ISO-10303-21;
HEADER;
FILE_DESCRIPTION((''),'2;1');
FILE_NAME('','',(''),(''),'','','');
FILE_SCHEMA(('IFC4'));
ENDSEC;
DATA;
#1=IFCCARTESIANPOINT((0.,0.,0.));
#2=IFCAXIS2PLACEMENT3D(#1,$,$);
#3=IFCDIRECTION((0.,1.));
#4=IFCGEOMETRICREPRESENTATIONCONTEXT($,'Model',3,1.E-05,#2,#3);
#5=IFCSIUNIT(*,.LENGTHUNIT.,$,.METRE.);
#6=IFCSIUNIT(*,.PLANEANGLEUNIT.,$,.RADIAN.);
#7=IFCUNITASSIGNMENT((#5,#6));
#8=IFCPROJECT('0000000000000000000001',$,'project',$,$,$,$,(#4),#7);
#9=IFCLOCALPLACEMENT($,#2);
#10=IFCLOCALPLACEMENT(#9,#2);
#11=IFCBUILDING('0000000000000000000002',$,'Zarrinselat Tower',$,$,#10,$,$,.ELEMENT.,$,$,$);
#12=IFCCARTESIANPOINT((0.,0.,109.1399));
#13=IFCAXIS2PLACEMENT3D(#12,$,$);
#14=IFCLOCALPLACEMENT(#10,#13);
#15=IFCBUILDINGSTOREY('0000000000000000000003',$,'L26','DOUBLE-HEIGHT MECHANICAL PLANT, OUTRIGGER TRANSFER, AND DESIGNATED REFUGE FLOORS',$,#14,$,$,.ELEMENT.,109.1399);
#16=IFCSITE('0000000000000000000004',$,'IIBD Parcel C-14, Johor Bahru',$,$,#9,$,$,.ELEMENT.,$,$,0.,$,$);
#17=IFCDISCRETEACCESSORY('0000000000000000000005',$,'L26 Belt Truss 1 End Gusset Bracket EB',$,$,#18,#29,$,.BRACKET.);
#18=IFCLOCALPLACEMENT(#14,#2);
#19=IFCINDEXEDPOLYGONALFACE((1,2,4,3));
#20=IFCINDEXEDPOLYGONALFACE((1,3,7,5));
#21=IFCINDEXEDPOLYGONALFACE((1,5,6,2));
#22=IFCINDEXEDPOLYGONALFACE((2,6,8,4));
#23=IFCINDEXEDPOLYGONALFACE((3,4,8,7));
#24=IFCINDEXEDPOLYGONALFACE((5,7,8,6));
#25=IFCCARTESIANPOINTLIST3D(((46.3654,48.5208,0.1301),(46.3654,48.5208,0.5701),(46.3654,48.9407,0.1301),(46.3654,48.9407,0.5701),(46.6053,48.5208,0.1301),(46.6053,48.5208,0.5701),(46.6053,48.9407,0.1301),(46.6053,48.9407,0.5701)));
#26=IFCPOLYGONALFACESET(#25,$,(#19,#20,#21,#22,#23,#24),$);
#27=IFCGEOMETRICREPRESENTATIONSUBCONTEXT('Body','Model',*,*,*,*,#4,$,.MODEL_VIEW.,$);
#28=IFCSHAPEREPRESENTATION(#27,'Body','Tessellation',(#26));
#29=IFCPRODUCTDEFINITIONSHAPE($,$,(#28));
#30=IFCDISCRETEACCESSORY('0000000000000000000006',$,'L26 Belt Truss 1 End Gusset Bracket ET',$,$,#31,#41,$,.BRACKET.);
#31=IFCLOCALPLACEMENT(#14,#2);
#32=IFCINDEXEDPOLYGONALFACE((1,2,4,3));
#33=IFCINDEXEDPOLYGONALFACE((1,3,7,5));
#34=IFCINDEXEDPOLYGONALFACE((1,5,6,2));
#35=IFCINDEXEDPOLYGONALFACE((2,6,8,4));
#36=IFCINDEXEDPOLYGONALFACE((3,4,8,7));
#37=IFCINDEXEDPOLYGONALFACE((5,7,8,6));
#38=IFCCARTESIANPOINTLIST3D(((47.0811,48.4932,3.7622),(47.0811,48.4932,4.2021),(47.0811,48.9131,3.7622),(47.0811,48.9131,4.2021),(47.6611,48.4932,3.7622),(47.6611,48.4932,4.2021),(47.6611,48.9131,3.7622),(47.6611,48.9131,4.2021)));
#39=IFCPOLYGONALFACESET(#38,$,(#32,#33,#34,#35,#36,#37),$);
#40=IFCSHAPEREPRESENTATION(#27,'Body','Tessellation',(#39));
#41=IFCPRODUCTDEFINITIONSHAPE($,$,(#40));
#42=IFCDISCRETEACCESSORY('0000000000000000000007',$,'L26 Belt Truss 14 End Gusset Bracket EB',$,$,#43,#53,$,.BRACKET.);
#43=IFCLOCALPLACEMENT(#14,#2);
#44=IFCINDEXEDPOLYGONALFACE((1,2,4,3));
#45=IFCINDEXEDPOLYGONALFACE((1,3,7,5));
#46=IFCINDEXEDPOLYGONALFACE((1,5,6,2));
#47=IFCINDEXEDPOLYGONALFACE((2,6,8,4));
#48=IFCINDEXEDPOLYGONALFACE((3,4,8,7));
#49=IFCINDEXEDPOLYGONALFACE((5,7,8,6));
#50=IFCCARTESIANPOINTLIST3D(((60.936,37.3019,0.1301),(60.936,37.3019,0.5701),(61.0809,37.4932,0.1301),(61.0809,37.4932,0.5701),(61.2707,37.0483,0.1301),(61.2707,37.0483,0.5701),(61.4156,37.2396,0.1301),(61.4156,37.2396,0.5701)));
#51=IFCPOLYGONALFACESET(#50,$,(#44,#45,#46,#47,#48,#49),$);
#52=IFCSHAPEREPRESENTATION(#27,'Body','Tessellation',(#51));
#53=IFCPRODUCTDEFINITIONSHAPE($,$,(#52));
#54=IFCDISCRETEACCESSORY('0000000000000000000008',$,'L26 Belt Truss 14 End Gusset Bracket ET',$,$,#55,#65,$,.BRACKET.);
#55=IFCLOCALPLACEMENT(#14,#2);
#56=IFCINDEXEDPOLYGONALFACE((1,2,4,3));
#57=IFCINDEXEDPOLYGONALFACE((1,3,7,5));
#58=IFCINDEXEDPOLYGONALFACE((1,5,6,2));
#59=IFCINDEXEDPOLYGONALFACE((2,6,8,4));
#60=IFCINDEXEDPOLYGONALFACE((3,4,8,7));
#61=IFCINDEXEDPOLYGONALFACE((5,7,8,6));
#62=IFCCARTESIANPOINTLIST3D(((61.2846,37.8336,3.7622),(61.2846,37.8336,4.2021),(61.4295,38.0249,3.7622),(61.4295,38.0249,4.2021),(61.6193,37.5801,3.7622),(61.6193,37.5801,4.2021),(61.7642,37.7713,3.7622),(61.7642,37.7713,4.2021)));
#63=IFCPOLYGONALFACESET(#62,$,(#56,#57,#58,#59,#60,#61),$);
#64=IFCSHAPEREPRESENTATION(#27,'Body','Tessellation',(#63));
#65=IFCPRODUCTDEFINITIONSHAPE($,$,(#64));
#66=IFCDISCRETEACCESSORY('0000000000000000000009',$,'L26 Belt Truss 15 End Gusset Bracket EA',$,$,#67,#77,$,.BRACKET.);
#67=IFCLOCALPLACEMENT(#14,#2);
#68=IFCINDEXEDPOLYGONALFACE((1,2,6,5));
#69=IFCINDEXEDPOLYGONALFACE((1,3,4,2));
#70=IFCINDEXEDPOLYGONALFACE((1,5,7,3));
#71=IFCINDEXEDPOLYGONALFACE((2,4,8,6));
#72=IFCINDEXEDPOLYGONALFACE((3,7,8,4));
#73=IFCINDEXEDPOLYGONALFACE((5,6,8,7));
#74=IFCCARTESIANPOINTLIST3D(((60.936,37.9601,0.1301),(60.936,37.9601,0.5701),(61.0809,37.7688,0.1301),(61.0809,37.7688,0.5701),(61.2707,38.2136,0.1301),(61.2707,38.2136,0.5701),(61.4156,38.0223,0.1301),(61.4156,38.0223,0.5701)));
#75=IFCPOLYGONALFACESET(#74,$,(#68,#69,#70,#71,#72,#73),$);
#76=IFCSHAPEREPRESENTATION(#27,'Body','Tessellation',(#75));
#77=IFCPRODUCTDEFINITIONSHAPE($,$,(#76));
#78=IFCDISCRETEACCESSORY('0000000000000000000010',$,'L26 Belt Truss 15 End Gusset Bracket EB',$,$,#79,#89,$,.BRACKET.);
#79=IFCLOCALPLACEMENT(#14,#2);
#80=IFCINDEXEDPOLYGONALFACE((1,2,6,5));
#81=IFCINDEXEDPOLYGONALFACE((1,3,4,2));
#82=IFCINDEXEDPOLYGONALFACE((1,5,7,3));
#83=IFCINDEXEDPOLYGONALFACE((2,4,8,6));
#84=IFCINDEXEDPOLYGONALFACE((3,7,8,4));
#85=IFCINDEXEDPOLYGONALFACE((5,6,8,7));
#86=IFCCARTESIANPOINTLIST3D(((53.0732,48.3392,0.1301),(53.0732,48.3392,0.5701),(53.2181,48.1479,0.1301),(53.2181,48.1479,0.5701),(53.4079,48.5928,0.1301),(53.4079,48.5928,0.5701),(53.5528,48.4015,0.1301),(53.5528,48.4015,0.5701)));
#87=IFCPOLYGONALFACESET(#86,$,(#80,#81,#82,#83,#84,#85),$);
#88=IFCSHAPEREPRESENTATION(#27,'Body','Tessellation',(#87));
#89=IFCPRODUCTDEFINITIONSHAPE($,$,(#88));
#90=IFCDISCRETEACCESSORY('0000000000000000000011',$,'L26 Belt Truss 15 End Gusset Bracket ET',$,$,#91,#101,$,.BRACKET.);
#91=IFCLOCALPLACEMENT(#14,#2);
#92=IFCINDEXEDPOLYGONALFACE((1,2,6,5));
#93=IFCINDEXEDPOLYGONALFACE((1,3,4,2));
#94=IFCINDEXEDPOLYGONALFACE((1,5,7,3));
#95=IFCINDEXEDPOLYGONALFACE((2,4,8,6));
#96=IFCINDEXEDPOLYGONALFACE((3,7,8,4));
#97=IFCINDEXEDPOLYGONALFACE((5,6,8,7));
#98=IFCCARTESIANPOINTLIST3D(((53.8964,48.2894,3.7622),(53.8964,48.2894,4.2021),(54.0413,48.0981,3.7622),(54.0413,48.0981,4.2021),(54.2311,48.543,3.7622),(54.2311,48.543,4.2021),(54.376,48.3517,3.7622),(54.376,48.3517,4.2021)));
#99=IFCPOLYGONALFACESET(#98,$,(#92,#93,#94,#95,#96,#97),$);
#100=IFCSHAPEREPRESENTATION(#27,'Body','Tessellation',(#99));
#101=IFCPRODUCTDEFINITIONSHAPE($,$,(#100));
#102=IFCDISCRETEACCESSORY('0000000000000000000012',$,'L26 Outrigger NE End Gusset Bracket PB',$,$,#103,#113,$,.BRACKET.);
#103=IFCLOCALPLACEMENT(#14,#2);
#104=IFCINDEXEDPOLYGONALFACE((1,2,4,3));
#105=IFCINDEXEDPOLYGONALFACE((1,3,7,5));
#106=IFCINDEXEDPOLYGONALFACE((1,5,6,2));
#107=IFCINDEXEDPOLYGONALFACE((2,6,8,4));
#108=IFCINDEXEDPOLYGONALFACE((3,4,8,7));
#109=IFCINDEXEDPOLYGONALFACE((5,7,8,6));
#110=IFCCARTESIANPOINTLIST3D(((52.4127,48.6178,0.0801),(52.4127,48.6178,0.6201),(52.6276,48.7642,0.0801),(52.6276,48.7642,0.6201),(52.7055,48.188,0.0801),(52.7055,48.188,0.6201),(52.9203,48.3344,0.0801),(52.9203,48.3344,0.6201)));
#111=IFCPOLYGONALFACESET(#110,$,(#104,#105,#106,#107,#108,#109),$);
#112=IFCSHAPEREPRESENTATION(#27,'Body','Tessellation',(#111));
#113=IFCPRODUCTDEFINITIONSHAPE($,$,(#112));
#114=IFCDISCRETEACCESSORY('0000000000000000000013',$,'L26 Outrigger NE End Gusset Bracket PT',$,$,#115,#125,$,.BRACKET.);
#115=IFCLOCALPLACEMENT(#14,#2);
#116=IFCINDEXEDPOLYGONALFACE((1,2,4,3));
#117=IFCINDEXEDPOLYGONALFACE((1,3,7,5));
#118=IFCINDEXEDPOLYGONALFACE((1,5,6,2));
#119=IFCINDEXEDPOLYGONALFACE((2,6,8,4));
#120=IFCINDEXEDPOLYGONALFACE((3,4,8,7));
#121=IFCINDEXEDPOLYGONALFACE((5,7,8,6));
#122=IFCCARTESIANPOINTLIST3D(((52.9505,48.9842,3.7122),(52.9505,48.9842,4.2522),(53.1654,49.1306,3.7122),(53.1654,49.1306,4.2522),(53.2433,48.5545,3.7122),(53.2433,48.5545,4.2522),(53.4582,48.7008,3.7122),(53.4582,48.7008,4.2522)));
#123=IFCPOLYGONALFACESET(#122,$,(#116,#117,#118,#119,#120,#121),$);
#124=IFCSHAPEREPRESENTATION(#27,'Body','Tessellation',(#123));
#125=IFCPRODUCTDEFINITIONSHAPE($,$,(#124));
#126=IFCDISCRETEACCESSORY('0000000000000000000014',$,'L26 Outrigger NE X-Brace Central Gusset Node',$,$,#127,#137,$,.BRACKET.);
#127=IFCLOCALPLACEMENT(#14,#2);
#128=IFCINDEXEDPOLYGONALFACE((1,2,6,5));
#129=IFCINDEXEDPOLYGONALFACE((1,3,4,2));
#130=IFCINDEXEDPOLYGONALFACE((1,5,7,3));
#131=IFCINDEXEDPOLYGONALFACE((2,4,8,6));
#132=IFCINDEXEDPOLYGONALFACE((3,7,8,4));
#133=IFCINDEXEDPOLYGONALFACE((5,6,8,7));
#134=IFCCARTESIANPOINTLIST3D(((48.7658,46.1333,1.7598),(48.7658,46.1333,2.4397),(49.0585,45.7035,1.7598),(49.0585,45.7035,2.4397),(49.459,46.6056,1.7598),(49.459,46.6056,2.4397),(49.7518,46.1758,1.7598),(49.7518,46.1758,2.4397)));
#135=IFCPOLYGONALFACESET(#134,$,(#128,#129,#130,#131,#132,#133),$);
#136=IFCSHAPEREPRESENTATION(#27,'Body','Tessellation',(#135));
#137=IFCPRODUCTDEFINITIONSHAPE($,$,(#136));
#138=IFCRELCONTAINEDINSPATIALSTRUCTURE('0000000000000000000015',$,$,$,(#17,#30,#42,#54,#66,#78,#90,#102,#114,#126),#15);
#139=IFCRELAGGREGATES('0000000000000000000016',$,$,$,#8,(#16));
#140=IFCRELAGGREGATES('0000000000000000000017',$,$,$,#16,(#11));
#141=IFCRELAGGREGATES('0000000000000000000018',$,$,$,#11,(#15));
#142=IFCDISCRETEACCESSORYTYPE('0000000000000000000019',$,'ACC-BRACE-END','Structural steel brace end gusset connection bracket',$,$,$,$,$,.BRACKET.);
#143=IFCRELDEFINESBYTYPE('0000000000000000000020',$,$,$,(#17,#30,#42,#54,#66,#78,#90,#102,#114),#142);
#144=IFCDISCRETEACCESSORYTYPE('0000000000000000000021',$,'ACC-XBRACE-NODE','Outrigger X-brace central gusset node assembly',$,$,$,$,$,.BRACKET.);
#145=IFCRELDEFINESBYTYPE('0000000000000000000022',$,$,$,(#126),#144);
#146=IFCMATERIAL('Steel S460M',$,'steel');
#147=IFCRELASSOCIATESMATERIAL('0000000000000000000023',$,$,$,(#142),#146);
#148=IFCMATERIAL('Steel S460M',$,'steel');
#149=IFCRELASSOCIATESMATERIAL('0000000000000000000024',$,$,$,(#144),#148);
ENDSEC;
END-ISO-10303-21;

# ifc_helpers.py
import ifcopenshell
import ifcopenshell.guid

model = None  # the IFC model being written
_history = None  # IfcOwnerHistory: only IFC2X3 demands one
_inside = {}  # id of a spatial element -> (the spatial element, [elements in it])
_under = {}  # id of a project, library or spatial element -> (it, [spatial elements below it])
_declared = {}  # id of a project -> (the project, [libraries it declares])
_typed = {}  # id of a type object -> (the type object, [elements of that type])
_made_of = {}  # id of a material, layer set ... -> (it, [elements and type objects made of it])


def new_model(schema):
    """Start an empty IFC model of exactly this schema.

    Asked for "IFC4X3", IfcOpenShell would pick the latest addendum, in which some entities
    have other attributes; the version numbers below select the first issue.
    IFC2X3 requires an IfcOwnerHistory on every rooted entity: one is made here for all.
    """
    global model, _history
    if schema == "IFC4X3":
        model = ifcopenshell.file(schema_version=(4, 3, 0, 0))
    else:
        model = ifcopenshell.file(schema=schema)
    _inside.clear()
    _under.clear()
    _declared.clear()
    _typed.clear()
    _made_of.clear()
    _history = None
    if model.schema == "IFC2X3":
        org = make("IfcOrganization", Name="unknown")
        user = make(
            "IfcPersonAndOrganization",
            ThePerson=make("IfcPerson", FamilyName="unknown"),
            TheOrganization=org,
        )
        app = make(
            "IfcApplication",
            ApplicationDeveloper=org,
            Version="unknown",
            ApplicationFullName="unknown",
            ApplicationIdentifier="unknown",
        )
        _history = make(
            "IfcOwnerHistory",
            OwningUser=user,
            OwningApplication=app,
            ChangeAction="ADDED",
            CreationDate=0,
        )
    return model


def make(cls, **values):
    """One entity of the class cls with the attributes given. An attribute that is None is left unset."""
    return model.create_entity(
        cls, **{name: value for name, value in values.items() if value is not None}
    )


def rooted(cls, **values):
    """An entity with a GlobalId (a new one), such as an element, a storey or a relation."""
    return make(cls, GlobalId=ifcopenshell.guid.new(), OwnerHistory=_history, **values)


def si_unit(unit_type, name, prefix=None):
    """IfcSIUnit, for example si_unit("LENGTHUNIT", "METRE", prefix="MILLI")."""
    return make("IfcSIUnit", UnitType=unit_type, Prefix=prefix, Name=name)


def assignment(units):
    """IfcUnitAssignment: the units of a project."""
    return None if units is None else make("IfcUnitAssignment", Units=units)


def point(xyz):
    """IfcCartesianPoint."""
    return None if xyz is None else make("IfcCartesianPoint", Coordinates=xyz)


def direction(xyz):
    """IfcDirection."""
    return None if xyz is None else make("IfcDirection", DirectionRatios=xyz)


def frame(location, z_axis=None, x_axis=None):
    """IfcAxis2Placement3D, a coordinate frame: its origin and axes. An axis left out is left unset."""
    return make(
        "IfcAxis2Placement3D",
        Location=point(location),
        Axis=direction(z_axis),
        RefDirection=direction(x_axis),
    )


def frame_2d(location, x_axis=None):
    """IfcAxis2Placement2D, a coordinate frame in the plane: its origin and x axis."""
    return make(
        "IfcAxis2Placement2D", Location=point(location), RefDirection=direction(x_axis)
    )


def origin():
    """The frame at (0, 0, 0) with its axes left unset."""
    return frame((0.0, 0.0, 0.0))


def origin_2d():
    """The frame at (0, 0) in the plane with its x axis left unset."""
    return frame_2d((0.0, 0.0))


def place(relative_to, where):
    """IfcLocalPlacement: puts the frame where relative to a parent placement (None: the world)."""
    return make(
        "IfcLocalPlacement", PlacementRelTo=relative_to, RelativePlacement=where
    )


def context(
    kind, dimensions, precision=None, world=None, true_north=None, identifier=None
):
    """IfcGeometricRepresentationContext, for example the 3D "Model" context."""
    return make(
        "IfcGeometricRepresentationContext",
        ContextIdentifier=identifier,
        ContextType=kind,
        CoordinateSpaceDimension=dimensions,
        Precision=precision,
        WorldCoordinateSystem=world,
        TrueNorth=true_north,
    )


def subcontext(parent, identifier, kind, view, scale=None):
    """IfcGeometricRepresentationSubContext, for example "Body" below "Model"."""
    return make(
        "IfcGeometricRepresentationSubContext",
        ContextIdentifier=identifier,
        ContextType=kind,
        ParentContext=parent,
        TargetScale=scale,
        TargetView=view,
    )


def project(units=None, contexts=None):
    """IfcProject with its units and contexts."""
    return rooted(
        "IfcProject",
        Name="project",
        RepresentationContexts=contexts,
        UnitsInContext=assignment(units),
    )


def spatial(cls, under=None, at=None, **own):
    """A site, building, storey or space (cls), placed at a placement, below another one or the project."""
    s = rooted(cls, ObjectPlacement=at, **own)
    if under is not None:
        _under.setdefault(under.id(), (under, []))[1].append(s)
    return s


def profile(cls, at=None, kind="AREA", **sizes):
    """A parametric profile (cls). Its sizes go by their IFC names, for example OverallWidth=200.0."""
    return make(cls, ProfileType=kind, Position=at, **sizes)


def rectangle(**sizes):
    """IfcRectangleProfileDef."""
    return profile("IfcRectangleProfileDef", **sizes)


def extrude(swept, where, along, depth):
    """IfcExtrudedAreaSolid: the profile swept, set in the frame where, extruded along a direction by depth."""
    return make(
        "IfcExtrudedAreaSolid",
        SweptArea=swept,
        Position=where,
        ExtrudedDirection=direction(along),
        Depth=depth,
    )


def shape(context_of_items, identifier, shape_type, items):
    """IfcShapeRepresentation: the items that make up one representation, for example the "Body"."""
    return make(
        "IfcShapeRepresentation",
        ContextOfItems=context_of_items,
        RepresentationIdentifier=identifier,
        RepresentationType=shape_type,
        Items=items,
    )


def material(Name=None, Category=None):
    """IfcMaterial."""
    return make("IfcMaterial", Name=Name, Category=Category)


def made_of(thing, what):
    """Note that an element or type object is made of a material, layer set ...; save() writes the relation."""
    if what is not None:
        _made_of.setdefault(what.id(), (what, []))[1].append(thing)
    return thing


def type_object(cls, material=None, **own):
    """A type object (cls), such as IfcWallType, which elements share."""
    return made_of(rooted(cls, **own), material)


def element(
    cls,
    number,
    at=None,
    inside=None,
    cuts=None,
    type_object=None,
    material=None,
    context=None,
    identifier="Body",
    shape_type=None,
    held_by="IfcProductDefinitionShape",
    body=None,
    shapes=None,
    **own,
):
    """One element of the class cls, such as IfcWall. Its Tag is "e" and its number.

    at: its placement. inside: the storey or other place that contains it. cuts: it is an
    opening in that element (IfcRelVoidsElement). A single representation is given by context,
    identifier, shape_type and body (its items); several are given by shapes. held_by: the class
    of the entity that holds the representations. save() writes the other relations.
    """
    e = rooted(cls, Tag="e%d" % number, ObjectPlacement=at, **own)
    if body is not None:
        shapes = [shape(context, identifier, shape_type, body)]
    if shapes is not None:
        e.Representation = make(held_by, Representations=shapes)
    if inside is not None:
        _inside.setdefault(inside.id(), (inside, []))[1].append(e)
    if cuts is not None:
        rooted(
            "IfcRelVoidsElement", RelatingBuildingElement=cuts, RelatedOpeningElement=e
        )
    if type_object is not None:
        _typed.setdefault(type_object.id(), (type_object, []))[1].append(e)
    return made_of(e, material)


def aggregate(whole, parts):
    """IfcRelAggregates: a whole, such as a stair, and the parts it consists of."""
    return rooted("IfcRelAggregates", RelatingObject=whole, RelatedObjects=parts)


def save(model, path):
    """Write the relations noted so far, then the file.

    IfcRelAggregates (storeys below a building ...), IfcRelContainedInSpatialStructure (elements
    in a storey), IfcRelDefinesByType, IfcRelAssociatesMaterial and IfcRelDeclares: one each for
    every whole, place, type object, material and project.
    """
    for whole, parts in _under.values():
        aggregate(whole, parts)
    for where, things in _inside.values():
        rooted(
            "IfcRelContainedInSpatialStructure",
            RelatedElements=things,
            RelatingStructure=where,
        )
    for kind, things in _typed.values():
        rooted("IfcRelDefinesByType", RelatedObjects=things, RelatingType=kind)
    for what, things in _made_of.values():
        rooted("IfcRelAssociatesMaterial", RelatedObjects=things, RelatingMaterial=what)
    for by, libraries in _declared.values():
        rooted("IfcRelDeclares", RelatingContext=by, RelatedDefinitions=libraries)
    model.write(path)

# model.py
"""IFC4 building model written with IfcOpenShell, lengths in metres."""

from ifc_helpers import new_model, si_unit, direction, frame, origin, origin_2d, place, context, subcontext, project, spatial, rectangle, extrude, material, type_object, element, save


model = new_model("IFC4")

# Units and contexts
model_context = context("Model", 3, precision=1e-05, world=origin(), true_north=direction((0.0, 1.0)))
body_context = subcontext(model_context, "Body", "Model", "MODEL_VIEW")
ifc_project = project(units=[si_unit("LENGTHUNIT", "METRE"), si_unit("PLANEANGLEUNIT", "RADIAN")], contexts=[model_context])

# Site, building, storey
site_placement = place(None, origin())
site = spatial("IfcSite", under=ifc_project, at=site_placement, Name="IIBD Parcel C-14, Johor Bahru", CompositionType="ELEMENT", RefElevation=0.0)
building_placement = place(site_placement, origin())
building = spatial("IfcBuilding", under=site, at=building_placement, Name="Zarrinselat Tower", CompositionType="ELEMENT")
storey_placement = place(building_placement, frame((0.0, 0.0, 109.1399)))
storey = spatial("IfcBuildingStorey", under=building, at=storey_placement, Name="L26", Description="DOUBLE-HEIGHT MECHANICAL PLANT, OUTRIGGER TRANSFER, AND DESIGNATED REFUGE FLOORS", CompositionType="ELEMENT", Elevation=109.1399)

# Discrete accessories
ifc_material_1 = material(Name="Steel S460M", Category="steel")
discrete_accessory_type_1 = type_object("IfcDiscreteAccessoryType", Name="ACC-BRACE-END", Description="Structural steel brace end gusset connection bracket", PredefinedType="BRACKET", material=ifc_material_1)
for number, where, z_axis, x_axis, name in (
    (1, (46.4854, 48.7307, 0.1301), (0.0, 0.0, 1.0), (-1.0, 0.0, 0.0), "L26 Belt Truss 1 End Gusset Bracket EB"),
):
    element("IfcDiscreteAccessory", number, at=place(storey_placement, frame(where, z_axis=z_axis, x_axis=x_axis)), inside=storey, type_object=discrete_accessory_type_1, Name=name, PredefinedType="BRACKET", context=body_context, shape_type="SweptSolid", body=[
        extrude(rectangle(XDim=0.24, YDim=0.4199, at=origin_2d()), origin(), (0.0, 0.0, 1.0), 0.4399),
    ])
discrete_accessory_1_placement = place(storey_placement, frame((47.3711, 48.7031, 3.7622), z_axis=(0.0, 0.0, 1.0), x_axis=(-1.0, 0.0, 0.0)))
element("IfcDiscreteAccessory", 2, at=discrete_accessory_1_placement, inside=storey, type_object=discrete_accessory_type_1, Name="L26 Belt Truss 1 End Gusset Bracket ET", PredefinedType="BRACKET", context=body_context, shape_type="SweptSolid", body=[
    extrude(rectangle(XDim=0.5801, YDim=0.4199, at=origin_2d()), origin(), (0.0, 0.0, 1.0), 0.4399),
])
for number, where, z_axis, x_axis, name in (
    (3, (61.1758, 37.2708, 0.1301), (0.0, 0.0, 1.0), (0.603862, 0.797089, 0.0), "L26 Belt Truss 14 End Gusset Bracket EB"),
    (4, (61.5244, 37.8025, 3.7622), (0.0, 0.0, 1.0), (0.603862, 0.797089, 0.0), "L26 Belt Truss 14 End Gusset Bracket ET"),
    (5, (61.1758, 37.9912, 0.1301), (0.0, 0.0, 1.0), (-0.603854, 0.797095, 0.0), "L26 Belt Truss 15 End Gusset Bracket EA"),
    (6, (53.313, 48.3704, 0.1301), (0.0, 0.0, 1.0), (-0.603854, 0.797095, 0.0), "L26 Belt Truss 15 End Gusset Bracket EB"),
    (7, (54.1362, 48.3206, 3.7622), (0.0, 0.0, 1.0), (-0.603854, 0.797095, 0.0), "L26 Belt Truss 15 End Gusset Bracket ET"),
):
    element("IfcDiscreteAccessory", number, at=place(storey_placement, frame(where, z_axis=z_axis, x_axis=x_axis)), inside=storey, type_object=discrete_accessory_type_1, Name=name, PredefinedType="BRACKET", context=body_context, shape_type="SweptSolid", body=[
        extrude(rectangle(XDim=0.24, YDim=0.4199, at=origin_2d()), origin(), (0.0, 0.0, 1.0), 0.4399),
    ])
for number, where, z_axis, x_axis, name in (
    (8, (52.6665, 48.4761, 0.0801), (0.0, 0.0, 1.0), (0.826441, 0.563023, 0.0), "L26 Outrigger NE End Gusset Bracket PB"),
    (9, (53.2043, 48.8425, 3.7122), (0.0, 0.0, 1.0), (0.826441, 0.563023, 0.0), "L26 Outrigger NE End Gusset Bracket PT"),
):
    element("IfcDiscreteAccessory", number, at=place(storey_placement, frame(where, z_axis=z_axis, x_axis=x_axis)), inside=storey, type_object=discrete_accessory_type_1, Name=name, PredefinedType="BRACKET", context=body_context, shape_type="SweptSolid", body=[
        extrude(rectangle(XDim=0.26, YDim=0.52, at=origin_2d()), origin(), (0.0, 0.0, 1.0), 0.54),
    ])
ifc_material_2 = material(Name="Steel S460M", Category="steel")
discrete_accessory_type_2 = type_object("IfcDiscreteAccessoryType", Name="ACC-XBRACE-NODE", Description="Outrigger X-brace central gusset node assembly", PredefinedType="BRACKET", material=ifc_material_2)
discrete_accessory_2_placement = place(storey_placement, frame((49.2588, 46.1545, 1.7598), z_axis=(0.0, 0.0, 1.0), x_axis=(0.826441, 0.563023, 0.0)))
element("IfcDiscreteAccessory", 10, at=discrete_accessory_2_placement, inside=storey, type_object=discrete_accessory_type_2, Name="L26 Outrigger NE X-Brace Central Gusset Node", PredefinedType="BRACKET", context=body_context, shape_type="SweptSolid", body=[
    extrude(rectangle(XDim=0.8389, YDim=0.52, at=origin_2d()), origin(), (0.0, 0.0, 1.0), 0.6799),
])

save(model, "model.ifc")
